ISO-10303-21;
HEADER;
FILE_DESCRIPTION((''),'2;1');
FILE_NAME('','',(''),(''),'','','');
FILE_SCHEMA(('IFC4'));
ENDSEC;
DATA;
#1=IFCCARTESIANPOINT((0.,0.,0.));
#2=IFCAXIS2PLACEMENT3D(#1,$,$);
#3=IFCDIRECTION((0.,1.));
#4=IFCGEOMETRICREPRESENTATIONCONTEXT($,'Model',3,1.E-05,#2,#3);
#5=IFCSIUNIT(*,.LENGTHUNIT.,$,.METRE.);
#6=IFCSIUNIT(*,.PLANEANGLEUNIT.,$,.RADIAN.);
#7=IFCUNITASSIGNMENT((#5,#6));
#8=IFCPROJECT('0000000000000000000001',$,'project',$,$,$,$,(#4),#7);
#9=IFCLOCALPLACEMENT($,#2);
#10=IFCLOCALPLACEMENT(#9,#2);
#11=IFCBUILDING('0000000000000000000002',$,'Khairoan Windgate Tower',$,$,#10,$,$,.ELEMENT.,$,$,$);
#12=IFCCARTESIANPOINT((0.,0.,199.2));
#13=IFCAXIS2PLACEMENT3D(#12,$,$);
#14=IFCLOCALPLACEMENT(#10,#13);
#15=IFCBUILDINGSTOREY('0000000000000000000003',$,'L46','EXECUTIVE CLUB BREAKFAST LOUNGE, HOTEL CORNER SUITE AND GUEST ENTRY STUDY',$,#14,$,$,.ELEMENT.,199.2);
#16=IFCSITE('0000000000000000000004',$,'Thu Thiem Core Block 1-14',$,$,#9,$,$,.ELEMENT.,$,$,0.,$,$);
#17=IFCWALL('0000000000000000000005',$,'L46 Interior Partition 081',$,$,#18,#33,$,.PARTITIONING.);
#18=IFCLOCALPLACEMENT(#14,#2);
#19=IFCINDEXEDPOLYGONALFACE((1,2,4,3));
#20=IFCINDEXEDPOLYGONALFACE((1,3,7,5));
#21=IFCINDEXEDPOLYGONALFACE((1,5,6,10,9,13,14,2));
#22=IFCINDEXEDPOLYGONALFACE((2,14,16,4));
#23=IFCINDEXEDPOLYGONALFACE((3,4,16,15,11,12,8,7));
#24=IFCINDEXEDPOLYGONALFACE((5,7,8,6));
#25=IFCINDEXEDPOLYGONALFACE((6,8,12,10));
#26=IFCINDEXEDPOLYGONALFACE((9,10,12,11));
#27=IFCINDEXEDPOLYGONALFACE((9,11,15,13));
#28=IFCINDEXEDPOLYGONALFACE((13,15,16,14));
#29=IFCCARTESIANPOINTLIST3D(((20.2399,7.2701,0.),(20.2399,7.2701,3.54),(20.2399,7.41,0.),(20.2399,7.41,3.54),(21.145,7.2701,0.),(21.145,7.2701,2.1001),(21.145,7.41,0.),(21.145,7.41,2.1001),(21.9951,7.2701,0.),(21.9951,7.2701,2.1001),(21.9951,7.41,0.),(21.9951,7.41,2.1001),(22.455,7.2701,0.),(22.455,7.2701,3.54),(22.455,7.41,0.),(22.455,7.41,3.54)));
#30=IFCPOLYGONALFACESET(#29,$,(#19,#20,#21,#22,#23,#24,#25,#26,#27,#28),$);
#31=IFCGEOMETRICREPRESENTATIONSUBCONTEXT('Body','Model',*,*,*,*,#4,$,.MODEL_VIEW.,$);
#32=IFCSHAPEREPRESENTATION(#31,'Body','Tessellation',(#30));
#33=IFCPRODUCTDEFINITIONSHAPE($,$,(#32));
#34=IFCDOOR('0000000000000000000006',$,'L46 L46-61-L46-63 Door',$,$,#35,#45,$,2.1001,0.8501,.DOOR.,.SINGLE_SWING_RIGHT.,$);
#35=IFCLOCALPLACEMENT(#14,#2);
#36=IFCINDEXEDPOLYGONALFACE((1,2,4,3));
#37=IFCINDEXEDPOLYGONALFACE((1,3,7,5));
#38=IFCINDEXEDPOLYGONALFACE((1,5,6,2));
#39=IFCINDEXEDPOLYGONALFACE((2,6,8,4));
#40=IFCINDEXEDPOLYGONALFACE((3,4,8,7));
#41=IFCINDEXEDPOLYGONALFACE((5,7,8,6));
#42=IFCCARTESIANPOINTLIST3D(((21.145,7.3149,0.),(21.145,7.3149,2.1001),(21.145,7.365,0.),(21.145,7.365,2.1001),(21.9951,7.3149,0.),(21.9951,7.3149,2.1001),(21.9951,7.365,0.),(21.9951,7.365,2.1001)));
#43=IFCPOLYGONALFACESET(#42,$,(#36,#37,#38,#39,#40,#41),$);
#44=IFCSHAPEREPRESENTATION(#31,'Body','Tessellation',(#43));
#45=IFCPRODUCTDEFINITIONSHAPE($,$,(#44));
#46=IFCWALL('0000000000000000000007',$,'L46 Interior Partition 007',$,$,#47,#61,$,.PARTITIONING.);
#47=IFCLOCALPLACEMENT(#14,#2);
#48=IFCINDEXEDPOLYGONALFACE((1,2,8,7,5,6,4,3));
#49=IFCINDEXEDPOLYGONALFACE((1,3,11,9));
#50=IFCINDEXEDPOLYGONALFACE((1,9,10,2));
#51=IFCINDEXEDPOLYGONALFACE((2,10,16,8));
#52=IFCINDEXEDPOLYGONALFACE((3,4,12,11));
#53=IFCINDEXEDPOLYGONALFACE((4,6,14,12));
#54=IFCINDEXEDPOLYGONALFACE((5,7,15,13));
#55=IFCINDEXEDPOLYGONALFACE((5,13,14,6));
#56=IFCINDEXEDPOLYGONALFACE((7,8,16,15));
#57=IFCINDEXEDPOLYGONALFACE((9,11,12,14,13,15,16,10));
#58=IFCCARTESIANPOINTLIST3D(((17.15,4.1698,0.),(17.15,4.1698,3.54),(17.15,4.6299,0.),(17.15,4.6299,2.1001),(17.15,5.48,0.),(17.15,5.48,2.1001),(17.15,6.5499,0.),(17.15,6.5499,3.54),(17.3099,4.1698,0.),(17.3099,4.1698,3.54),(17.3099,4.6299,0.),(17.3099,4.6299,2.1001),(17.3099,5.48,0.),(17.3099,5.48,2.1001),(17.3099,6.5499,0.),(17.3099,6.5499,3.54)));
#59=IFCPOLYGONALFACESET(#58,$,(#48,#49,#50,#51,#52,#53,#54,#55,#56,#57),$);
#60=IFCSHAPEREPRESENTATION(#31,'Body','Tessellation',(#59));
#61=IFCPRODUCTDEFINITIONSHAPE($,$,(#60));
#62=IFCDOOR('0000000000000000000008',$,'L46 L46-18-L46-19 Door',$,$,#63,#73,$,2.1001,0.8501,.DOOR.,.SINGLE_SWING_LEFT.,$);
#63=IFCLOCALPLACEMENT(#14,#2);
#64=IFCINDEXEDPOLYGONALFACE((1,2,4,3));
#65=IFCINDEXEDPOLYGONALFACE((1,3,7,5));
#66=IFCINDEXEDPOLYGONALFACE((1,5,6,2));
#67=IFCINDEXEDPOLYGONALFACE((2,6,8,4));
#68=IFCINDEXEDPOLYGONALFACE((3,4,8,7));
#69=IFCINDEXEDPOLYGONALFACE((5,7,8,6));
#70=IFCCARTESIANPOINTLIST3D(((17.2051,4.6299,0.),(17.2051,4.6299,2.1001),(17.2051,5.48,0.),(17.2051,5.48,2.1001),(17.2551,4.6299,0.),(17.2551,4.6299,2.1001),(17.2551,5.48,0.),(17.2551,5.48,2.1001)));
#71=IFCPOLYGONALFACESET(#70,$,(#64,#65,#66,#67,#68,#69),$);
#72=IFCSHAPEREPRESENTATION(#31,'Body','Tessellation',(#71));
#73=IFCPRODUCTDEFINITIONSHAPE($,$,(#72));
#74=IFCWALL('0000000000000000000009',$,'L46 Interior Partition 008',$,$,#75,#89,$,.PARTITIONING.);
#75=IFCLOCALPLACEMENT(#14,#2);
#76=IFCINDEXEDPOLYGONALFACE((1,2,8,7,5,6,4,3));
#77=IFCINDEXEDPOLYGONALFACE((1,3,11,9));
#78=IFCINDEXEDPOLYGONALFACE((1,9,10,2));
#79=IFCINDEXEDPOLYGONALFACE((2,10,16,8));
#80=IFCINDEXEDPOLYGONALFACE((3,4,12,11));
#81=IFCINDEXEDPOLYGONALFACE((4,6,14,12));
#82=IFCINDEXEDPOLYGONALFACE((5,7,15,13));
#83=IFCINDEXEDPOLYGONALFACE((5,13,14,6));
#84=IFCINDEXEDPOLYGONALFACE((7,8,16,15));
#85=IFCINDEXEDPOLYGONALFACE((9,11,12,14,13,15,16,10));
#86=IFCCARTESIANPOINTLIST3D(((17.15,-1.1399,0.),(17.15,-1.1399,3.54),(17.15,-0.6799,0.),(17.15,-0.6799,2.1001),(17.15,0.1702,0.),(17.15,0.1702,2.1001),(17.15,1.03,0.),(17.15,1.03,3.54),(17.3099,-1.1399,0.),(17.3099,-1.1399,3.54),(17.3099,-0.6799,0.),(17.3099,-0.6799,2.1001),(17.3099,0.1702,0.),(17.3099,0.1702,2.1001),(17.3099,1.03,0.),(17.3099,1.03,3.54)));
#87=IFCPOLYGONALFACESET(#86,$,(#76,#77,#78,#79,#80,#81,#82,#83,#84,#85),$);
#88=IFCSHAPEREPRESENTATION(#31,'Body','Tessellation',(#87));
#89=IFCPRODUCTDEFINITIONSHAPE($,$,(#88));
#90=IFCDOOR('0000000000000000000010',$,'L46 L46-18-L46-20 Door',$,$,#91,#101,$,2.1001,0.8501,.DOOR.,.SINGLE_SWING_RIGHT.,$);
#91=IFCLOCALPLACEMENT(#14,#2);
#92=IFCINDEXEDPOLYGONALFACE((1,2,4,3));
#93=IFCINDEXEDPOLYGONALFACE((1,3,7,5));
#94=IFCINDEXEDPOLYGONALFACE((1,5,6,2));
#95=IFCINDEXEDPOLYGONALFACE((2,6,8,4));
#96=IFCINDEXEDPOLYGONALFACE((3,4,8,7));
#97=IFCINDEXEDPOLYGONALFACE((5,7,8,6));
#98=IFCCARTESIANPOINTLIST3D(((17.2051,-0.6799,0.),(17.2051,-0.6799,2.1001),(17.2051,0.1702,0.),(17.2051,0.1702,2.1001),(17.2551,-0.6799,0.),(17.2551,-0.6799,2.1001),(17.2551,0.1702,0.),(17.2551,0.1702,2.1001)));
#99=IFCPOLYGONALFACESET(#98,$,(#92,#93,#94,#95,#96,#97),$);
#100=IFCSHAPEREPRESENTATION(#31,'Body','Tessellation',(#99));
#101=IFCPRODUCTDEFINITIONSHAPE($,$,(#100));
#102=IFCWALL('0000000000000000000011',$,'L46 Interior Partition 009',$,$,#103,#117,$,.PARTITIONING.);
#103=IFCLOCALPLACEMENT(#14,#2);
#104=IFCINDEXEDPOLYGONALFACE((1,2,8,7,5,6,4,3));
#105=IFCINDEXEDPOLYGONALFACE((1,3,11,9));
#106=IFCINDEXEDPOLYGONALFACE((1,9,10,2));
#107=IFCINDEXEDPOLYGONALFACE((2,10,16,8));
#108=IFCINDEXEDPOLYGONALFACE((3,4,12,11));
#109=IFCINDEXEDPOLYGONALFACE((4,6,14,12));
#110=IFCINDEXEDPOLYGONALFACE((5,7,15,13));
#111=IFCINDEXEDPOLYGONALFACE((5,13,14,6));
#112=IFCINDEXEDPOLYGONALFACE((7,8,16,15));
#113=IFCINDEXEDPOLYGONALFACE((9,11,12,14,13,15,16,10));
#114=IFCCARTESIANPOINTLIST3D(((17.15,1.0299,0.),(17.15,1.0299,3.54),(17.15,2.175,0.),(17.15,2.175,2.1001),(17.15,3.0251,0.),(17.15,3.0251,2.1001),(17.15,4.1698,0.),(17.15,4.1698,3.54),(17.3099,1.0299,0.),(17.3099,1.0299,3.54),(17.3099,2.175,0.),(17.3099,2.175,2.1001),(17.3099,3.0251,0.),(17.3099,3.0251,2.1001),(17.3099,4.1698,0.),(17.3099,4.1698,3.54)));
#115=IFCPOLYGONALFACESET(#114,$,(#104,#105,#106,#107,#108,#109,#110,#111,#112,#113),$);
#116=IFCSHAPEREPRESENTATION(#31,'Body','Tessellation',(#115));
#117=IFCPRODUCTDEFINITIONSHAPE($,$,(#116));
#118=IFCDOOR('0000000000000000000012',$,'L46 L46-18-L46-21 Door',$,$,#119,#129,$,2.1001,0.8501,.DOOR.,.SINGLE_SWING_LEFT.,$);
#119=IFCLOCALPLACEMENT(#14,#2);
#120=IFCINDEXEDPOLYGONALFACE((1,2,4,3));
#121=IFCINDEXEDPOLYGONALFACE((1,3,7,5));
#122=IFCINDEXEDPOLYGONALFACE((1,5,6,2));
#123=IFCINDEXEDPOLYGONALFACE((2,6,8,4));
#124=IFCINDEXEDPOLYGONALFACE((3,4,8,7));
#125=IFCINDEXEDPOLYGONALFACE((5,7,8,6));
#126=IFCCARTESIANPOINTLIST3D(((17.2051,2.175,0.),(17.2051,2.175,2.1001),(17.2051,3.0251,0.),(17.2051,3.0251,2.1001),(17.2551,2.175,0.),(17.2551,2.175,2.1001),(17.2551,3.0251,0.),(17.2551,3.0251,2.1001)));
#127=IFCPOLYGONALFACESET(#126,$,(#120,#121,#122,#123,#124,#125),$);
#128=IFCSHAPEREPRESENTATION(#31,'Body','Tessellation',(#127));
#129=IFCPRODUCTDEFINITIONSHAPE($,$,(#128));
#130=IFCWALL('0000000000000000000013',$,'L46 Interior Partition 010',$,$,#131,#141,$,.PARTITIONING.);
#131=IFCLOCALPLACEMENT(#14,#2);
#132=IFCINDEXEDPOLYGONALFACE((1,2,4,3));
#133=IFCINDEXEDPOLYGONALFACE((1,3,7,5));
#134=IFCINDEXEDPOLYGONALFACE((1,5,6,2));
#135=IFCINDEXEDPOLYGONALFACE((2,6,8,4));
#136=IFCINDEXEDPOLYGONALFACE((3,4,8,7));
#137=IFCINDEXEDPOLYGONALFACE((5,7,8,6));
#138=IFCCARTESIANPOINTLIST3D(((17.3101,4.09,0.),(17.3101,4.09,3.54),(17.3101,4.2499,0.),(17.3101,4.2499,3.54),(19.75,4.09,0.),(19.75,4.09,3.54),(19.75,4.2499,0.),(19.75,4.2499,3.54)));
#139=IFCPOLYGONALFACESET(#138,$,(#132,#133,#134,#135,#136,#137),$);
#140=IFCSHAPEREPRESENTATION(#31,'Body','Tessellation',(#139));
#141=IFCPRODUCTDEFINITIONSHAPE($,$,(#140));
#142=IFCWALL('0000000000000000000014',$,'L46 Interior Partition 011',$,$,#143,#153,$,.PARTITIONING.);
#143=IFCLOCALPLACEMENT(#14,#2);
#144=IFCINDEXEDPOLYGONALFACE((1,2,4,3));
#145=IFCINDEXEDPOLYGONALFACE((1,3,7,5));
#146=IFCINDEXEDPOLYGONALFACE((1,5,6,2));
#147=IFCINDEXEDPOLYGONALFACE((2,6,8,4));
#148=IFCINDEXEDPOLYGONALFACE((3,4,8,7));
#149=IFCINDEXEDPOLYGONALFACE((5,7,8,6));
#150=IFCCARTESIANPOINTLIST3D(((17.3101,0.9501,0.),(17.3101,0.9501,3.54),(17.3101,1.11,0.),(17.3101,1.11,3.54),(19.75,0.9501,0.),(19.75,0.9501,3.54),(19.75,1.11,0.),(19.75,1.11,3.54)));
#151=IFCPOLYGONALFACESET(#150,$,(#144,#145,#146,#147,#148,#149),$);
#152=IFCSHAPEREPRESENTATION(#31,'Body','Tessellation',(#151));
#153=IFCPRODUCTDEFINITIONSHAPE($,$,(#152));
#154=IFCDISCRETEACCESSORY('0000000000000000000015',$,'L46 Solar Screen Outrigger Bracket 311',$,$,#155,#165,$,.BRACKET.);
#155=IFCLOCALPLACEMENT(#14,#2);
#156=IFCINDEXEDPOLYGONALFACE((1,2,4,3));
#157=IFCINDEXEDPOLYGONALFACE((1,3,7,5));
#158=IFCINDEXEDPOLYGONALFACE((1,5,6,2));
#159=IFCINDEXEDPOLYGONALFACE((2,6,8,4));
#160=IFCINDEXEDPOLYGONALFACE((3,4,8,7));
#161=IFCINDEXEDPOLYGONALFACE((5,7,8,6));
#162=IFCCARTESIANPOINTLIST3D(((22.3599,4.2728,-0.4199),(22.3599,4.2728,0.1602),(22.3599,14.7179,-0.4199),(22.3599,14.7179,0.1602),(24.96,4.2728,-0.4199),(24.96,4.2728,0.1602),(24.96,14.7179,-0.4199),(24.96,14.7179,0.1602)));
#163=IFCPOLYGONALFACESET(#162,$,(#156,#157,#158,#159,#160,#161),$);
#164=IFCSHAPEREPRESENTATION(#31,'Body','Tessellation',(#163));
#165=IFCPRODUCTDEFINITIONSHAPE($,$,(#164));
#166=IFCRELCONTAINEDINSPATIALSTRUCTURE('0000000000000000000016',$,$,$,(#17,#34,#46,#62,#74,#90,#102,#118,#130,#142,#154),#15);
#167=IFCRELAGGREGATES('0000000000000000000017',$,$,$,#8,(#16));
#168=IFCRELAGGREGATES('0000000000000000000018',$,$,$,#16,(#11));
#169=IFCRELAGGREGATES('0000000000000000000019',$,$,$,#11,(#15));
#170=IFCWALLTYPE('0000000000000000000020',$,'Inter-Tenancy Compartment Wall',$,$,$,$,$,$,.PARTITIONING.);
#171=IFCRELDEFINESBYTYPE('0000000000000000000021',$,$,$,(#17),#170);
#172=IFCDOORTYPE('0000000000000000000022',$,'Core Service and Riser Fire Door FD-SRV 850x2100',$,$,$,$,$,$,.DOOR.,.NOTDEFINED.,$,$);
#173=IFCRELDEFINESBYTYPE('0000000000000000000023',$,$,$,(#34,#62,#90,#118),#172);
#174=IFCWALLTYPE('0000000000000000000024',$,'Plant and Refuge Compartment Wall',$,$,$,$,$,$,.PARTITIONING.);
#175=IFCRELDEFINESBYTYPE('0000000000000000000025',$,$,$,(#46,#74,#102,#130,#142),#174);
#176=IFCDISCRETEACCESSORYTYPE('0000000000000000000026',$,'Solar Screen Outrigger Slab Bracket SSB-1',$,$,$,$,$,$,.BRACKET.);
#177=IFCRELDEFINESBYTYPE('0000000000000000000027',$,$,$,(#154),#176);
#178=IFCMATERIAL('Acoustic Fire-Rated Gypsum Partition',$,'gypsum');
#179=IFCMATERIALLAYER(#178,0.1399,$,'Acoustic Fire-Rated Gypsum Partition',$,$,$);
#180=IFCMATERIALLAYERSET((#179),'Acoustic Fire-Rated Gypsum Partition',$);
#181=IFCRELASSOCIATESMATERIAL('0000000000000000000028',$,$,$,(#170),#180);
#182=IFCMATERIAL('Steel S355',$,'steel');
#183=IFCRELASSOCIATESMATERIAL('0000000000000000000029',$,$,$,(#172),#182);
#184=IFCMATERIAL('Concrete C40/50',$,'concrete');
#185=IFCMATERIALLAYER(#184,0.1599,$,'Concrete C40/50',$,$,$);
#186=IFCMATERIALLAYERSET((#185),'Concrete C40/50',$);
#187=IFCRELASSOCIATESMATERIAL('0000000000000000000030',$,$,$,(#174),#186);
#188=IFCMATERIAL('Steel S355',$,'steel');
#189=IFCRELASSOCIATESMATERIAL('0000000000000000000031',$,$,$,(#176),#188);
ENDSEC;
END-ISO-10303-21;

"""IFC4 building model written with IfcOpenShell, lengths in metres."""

from ifc_helpers import new_model, si_unit, direction, frame, frame_2d, origin, origin_2d, place, context, subcontext, project, spatial, rectangle, extrude, material, layer, layer_set, type_object, element, fill, save


model = new_model("IFC4")

# Units and contexts
model_context = context("Model", 3, precision=1e-05, world=origin(), true_north=direction((0.0, 1.0)))
body_context = subcontext(model_context, "Body", "Model", "MODEL_VIEW")
ifc_project = project(units=[si_unit("LENGTHUNIT", "METRE"), si_unit("PLANEANGLEUNIT", "RADIAN")], contexts=[model_context])

# Site, building, storey
site_placement = place(None, origin())
site = spatial("IfcSite", under=ifc_project, at=site_placement, Name="Thu Thiem Core Block 1-14", CompositionType="ELEMENT", RefElevation=0.0)
building_placement = place(site_placement, origin())
building = spatial("IfcBuilding", under=site, at=building_placement, Name="Khairoan Windgate Tower", CompositionType="ELEMENT")
storey_placement = place(building_placement, frame((0.0, 0.0, 199.2)))
storey = spatial("IfcBuildingStorey", under=building, at=storey_placement, Name="L46", Description="EXECUTIVE CLUB BREAKFAST LOUNGE, HOTEL CORNER SUITE AND GUEST ENTRY STUDY", CompositionType="ELEMENT", Elevation=199.2)

# Walls, openings, doors
ifc_material_1 = material(Name="Acoustic Fire-Rated Gypsum Partition", Category="gypsum")
ifc_layer_1 = layer(ifc_material_1, 0.1399, Name="Acoustic Fire-Rated Gypsum Partition")
ifc_layer_set_1 = layer_set([ifc_layer_1], Name="Acoustic Fire-Rated Gypsum Partition")
wall_type_1 = type_object("IfcWallType", Name="Inter-Tenancy Compartment Wall", PredefinedType="PARTITIONING", material=ifc_layer_set_1)
wall_1_placement = place(storey_placement, frame((20.24, 7.3401, 0.0), z_axis=(0.0, 0.0, 1.0), x_axis=(1.0, 0.0, 0.0)))
wall_1 = element("IfcWall", 1, at=wall_1_placement, inside=storey, type_object=wall_type_1, Name="L46 Interior Partition 081", PredefinedType="PARTITIONING", context=body_context, shape_type="SweptSolid", body=[
    extrude(rectangle(XDim=2.2151, YDim=0.1399, at=frame_2d((1.1074, 0.0))), origin(), (0.0, 0.0, 1.0), 3.54),
])
opening_1_placement = place(wall_1_placement, frame((0.905, 0.0, 0.0)))
opening_1 = element("IfcOpeningElement", 2, at=opening_1_placement, cuts=wall_1, PredefinedType="OPENING", context=body_context, shape_type="SweptSolid", body=[
    extrude(rectangle(XDim=0.8501, YDim=2.1001, at=frame_2d((0.425, 1.05))), frame((0.0, 0.0798, 0.0), z_axis=(0.0, -1.0, 0.0), x_axis=(1.0, 0.0, 0.0)), (0.0, 0.0, 1.0), 0.1599),
])
ifc_material_2 = material(Name="Steel S355", Category="steel")
door_type = type_object("IfcDoorType", Name="Core Service and Riser Fire Door FD-SRV 850x2100", OperationType="NOTDEFINED", PredefinedType="DOOR", material=ifc_material_2)
door_1_placement = place(opening_1_placement, origin())
door_1 = element("IfcDoor", 3, at=door_1_placement, inside=storey, type_object=door_type, Name="L46 L46-61-L46-63 Door", OperationType="SINGLE_SWING_RIGHT", OverallHeight=2.1001, OverallWidth=0.8501, PredefinedType="DOOR", context=body_context, shape_type="SweptSolid", body=[
    extrude(rectangle(XDim=0.8501, YDim=2.1001, at=frame_2d((0.425, 1.05))), frame((0.0, 0.0249, 0.0), z_axis=(0.0, -1.0, 0.0), x_axis=(1.0, 0.0, 0.0)), (0.0, 0.0, 1.0), 0.05),
])
fill(opening_1, door_1)
ifc_material_3 = material(Name="Concrete C40/50", Category="concrete")
ifc_layer_2 = layer(ifc_material_3, 0.1599, Name="Concrete C40/50")
ifc_layer_set_2 = layer_set([ifc_layer_2], Name="Concrete C40/50")
wall_type_2 = type_object("IfcWallType", Name="Plant and Refuge Compartment Wall", PredefinedType="PARTITIONING", material=ifc_layer_set_2)
wall_2_placement = place(storey_placement, frame((17.23, 4.1699, 0.0), z_axis=(0.0, 0.0, 1.0), x_axis=(0.0, 1.0, 0.0)))
wall_2 = element("IfcWall", 4, at=wall_2_placement, inside=storey, type_object=wall_type_2, Name="L46 Interior Partition 007", PredefinedType="PARTITIONING", context=body_context, shape_type="SweptSolid", body=[
    extrude(rectangle(XDim=2.3801, YDim=0.1599, at=frame_2d((1.1899, 0.0))), origin(), (0.0, 0.0, 1.0), 3.54),
])
opening_2_placement = place(wall_2_placement, frame((0.46, 0.0, 0.0)))
opening_2 = element("IfcOpeningElement", 5, at=opening_2_placement, cuts=wall_2, PredefinedType="OPENING", context=body_context, shape_type="SweptSolid", body=[
    extrude(rectangle(XDim=0.8501, YDim=2.1001, at=frame_2d((0.425, 1.05))), frame((0.0, 0.0898, 0.0), z_axis=(0.0, -1.0, 0.0), x_axis=(1.0, 0.0, 0.0)), (0.0, 0.0, 1.0), 0.1799),
])
door_2_placement = place(opening_2_placement, origin())
door_2 = element("IfcDoor", 6, at=door_2_placement, inside=storey, type_object=door_type, Name="L46 L46-18-L46-19 Door", OperationType="SINGLE_SWING_LEFT", OverallHeight=2.1001, OverallWidth=0.8501, PredefinedType="DOOR", context=body_context, shape_type="SweptSolid", body=[
    extrude(rectangle(XDim=0.8501, YDim=2.1001, at=frame_2d((0.425, 1.05))), frame((0.0, 0.0249, 0.0), z_axis=(0.0, -1.0, 0.0), x_axis=(1.0, 0.0, 0.0)), (0.0, 0.0, 1.0), 0.05),
])
fill(opening_2, door_2)
wall_3_placement = place(storey_placement, frame((17.23, -1.1399, 0.0), z_axis=(0.0, 0.0, 1.0), x_axis=(0.0, 1.0, 0.0)))
wall_3 = element("IfcWall", 7, at=wall_3_placement, inside=storey, type_object=wall_type_2, Name="L46 Interior Partition 008", PredefinedType="PARTITIONING", context=body_context, shape_type="SweptSolid", body=[
    extrude(rectangle(XDim=2.1699, YDim=0.1599, at=frame_2d((1.085, 0.0))), origin(), (0.0, 0.0, 1.0), 3.54),
])
opening_3_placement = place(wall_3_placement, frame((0.46, 0.0, 0.0)))
opening_3 = element("IfcOpeningElement", 8, at=opening_3_placement, cuts=wall_3, PredefinedType="OPENING", context=body_context, shape_type="SweptSolid", body=[
    extrude(rectangle(XDim=0.8501, YDim=2.1001, at=frame_2d((0.425, 1.05))), frame((0.0, 0.0898, 0.0), z_axis=(0.0, -1.0, 0.0), x_axis=(1.0, 0.0, 0.0)), (0.0, 0.0, 1.0), 0.1799),
])
door_3_placement = place(opening_3_placement, origin())
door_3 = element("IfcDoor", 9, at=door_3_placement, inside=storey, type_object=door_type, Name="L46 L46-18-L46-20 Door", OperationType="SINGLE_SWING_RIGHT", OverallHeight=2.1001, OverallWidth=0.8501, PredefinedType="DOOR", context=body_context, shape_type="SweptSolid", body=[
    extrude(rectangle(XDim=0.8501, YDim=2.1001, at=frame_2d((0.425, 1.05))), frame((0.0, 0.0249, 0.0), z_axis=(0.0, -1.0, 0.0), x_axis=(1.0, 0.0, 0.0)), (0.0, 0.0, 1.0), 0.05),
])
fill(opening_3, door_3)
wall_4_placement = place(storey_placement, frame((17.23, 1.03, 0.0), z_axis=(0.0, 0.0, 1.0), x_axis=(0.0, 1.0, 0.0)))
wall_4 = element("IfcWall", 10, at=wall_4_placement, inside=storey, type_object=wall_type_2, Name="L46 Interior Partition 009", PredefinedType="PARTITIONING", context=body_context, shape_type="SweptSolid", body=[
    extrude(rectangle(XDim=3.1399, YDim=0.1599, at=frame_2d((1.5698, 0.0))), origin(), (0.0, 0.0, 1.0), 3.54),
])
opening_4_placement = place(wall_4_placement, frame((1.145, 0.0, 0.0)))
opening_4 = element("IfcOpeningElement", 11, at=opening_4_placement, cuts=wall_4, PredefinedType="OPENING", context=body_context, shape_type="SweptSolid", body=[
    extrude(rectangle(XDim=0.8501, YDim=2.1001, at=frame_2d((0.425, 1.05))), frame((0.0, 0.0898, 0.0), z_axis=(0.0, -1.0, 0.0), x_axis=(1.0, 0.0, 0.0)), (0.0, 0.0, 1.0), 0.1799),
])
door_4_placement = place(opening_4_placement, origin())
door_4 = element("IfcDoor", 12, at=door_4_placement, inside=storey, type_object=door_type, Name="L46 L46-18-L46-21 Door", OperationType="SINGLE_SWING_LEFT", OverallHeight=2.1001, OverallWidth=0.8501, PredefinedType="DOOR", context=body_context, shape_type="SweptSolid", body=[
    extrude(rectangle(XDim=0.8501, YDim=2.1001, at=frame_2d((0.425, 1.05))), frame((0.0, 0.0249, 0.0), z_axis=(0.0, -1.0, 0.0), x_axis=(1.0, 0.0, 0.0)), (0.0, 0.0, 1.0), 0.05),
])
fill(opening_4, door_4)

# Walls
for number, where, z_axis, x_axis, name in (
    (13, (17.3101, 4.1699, 0.0), (0.0, 0.0, 1.0), (1.0, 0.0, 0.0), "L46 Interior Partition 010"),
    (14, (17.3101, 1.03, 0.0), (0.0, 0.0, 1.0), (1.0, 0.0, 0.0), "L46 Interior Partition 011"),
):
    element("IfcWall", number, at=place(storey_placement, frame(where, z_axis=z_axis, x_axis=x_axis)), inside=storey, type_object=wall_type_2, Name=name, PredefinedType="PARTITIONING", context=body_context, shape_type="SweptSolid", body=[
        extrude(rectangle(XDim=2.4399, YDim=0.1599, at=frame_2d((1.22, 0.0))), origin(), (0.0, 0.0, 1.0), 3.54),
    ])

# Discrete accessory
ifc_material_4 = material(Name="Steel S355", Category="steel")
discrete_accessory_type = type_object("IfcDiscreteAccessoryType", Name="Solar Screen Outrigger Slab Bracket SSB-1", PredefinedType="BRACKET", material=ifc_material_4)
discrete_accessory_placement = place(storey_placement, frame((23.6599, 9.4954, -0.4199), z_axis=(0.0, 0.0, 1.0), x_axis=(0.0, -1.0, 0.0)))
element("IfcDiscreteAccessory", 15, at=discrete_accessory_placement, inside=storey, type_object=discrete_accessory_type, Name="L46 Solar Screen Outrigger Bracket 311", PredefinedType="BRACKET", context=body_context, shape_type="SweptSolid", body=[
    extrude(rectangle(XDim=10.4451, YDim=2.6001, at=origin_2d()), origin(), (0.0, 0.0, 1.0), 0.5801),
])

save(model, "model.ifc")
